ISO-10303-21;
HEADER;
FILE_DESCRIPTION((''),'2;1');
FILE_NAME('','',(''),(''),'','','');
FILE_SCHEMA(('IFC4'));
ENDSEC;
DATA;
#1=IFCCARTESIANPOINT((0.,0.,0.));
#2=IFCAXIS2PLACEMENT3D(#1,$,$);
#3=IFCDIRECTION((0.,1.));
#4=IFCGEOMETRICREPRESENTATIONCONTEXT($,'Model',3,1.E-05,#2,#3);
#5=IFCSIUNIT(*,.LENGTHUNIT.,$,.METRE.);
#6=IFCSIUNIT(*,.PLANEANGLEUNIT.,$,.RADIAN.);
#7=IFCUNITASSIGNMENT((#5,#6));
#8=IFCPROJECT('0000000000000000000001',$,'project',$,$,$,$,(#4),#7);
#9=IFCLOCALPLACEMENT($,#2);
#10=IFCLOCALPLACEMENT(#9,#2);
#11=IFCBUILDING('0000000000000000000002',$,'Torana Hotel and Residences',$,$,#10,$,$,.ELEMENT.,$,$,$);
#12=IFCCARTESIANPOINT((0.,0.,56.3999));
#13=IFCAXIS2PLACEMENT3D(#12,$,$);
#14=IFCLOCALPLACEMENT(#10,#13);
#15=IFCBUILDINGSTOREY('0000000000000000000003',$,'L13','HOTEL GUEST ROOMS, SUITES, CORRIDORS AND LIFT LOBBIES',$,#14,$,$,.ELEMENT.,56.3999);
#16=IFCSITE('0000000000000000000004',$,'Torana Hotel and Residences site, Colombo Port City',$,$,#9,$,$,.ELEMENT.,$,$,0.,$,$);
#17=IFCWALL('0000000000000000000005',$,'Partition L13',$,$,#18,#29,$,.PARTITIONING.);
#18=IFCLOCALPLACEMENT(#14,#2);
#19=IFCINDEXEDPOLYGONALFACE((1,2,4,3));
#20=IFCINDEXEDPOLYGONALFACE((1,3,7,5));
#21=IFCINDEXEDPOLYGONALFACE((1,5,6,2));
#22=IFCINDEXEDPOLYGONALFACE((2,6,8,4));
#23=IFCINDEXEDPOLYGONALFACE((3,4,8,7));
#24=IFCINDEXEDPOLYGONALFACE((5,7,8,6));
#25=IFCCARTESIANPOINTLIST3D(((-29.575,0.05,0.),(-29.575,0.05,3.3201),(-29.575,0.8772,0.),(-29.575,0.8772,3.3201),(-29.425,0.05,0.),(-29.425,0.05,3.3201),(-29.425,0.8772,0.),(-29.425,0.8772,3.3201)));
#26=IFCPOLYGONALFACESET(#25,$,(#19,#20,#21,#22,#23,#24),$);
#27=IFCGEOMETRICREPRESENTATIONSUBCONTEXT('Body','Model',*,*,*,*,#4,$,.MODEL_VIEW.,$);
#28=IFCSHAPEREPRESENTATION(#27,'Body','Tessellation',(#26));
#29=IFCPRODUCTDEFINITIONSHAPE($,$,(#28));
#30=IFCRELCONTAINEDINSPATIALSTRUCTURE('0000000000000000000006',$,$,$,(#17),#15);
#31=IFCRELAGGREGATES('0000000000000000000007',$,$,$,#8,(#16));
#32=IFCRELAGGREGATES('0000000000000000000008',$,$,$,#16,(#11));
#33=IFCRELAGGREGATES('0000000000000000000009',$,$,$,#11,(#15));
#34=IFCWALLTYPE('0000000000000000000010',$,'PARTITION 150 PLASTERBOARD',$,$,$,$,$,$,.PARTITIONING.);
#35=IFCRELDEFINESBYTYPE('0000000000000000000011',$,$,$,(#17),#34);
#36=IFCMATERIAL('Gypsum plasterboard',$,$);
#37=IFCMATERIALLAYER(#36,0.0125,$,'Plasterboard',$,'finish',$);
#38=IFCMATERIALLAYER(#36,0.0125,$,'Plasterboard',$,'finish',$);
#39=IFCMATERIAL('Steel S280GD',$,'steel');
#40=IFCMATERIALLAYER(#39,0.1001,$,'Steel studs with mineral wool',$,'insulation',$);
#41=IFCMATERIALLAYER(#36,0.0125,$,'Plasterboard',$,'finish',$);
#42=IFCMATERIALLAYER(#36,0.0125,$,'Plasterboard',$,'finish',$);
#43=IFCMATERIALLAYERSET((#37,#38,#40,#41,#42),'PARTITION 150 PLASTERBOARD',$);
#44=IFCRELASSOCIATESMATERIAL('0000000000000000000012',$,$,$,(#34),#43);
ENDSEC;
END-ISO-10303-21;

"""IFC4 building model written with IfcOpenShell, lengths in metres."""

from ifc_helpers import new_model, si_unit, direction, frame, frame_2d, origin, place, context, subcontext, project, spatial, rectangle, extrude, material, layer, layer_set, type_object, element, save


model = new_model("IFC4")

# Units and contexts
model_context = context("Model", 3, precision=1e-05, world=origin(), true_north=direction((0.0, 1.0)))
body_context = subcontext(model_context, "Body", "Model", "MODEL_VIEW")
ifc_project = project(units=[si_unit("LENGTHUNIT", "METRE"), si_unit("PLANEANGLEUNIT", "RADIAN")], contexts=[model_context])

# Site, building, storey
site_placement = place(None, origin())
site = spatial("IfcSite", under=ifc_project, at=site_placement, Name="Torana Hotel and Residences site, Colombo Port City", CompositionType="ELEMENT", RefElevation=0.0)
building_placement = place(site_placement, origin())
building = spatial("IfcBuilding", under=site, at=building_placement, Name="Torana Hotel and Residences", CompositionType="ELEMENT")
storey_placement = place(building_placement, frame((0.0, 0.0, 56.3999)))
storey = spatial("IfcBuildingStorey", under=building, at=storey_placement, Name="L13", Description="HOTEL GUEST ROOMS, SUITES, CORRIDORS AND LIFT LOBBIES", CompositionType="ELEMENT", Elevation=56.3999)

# Shared definitions
ifc_material_1 = material(Name="Steel S280GD", Category="steel")

# Wall
ifc_material_2 = material(Name="Gypsum plasterboard")
ifc_layer_1 = layer(ifc_material_2, 0.0125, Name="Plasterboard", Category="finish")
ifc_layer_2 = layer(ifc_material_2, 0.0125, Name="Plasterboard", Category="finish")
ifc_layer_3 = layer(ifc_material_1, 0.1001, Name="Steel studs with mineral wool", Category="insulation")
ifc_layer_4 = layer(ifc_material_2, 0.0125, Name="Plasterboard", Category="finish")
ifc_layer_5 = layer(ifc_material_2, 0.0125, Name="Plasterboard", Category="finish")
ifc_layer_set_1 = layer_set([ifc_layer_1, ifc_layer_2, ifc_layer_3, ifc_layer_4, ifc_layer_5], Name="PARTITION 150 PLASTERBOARD")
wall_type_1 = type_object("IfcWallType", Name="PARTITION 150 PLASTERBOARD", PredefinedType="PARTITIONING", material=ifc_layer_set_1)
wall_1_placement = place(storey_placement, frame((-29.5, 0.05, 0.0), z_axis=(0.0, 0.0, 1.0), x_axis=(0.0, 1.0, 0.0)))
element("IfcWall", 1, at=wall_1_placement, inside=storey, type_object=wall_type_1, Name="Partition L13", PredefinedType="PARTITIONING", context=body_context, shape_type="SweptSolid", body=[
    extrude(rectangle(XDim=0.8271, YDim=0.1499, at=frame_2d((0.4136, 0.0))), origin(), (0.0, 0.0, 1.0), 3.3201),
])

save(model, "model.ifc")
